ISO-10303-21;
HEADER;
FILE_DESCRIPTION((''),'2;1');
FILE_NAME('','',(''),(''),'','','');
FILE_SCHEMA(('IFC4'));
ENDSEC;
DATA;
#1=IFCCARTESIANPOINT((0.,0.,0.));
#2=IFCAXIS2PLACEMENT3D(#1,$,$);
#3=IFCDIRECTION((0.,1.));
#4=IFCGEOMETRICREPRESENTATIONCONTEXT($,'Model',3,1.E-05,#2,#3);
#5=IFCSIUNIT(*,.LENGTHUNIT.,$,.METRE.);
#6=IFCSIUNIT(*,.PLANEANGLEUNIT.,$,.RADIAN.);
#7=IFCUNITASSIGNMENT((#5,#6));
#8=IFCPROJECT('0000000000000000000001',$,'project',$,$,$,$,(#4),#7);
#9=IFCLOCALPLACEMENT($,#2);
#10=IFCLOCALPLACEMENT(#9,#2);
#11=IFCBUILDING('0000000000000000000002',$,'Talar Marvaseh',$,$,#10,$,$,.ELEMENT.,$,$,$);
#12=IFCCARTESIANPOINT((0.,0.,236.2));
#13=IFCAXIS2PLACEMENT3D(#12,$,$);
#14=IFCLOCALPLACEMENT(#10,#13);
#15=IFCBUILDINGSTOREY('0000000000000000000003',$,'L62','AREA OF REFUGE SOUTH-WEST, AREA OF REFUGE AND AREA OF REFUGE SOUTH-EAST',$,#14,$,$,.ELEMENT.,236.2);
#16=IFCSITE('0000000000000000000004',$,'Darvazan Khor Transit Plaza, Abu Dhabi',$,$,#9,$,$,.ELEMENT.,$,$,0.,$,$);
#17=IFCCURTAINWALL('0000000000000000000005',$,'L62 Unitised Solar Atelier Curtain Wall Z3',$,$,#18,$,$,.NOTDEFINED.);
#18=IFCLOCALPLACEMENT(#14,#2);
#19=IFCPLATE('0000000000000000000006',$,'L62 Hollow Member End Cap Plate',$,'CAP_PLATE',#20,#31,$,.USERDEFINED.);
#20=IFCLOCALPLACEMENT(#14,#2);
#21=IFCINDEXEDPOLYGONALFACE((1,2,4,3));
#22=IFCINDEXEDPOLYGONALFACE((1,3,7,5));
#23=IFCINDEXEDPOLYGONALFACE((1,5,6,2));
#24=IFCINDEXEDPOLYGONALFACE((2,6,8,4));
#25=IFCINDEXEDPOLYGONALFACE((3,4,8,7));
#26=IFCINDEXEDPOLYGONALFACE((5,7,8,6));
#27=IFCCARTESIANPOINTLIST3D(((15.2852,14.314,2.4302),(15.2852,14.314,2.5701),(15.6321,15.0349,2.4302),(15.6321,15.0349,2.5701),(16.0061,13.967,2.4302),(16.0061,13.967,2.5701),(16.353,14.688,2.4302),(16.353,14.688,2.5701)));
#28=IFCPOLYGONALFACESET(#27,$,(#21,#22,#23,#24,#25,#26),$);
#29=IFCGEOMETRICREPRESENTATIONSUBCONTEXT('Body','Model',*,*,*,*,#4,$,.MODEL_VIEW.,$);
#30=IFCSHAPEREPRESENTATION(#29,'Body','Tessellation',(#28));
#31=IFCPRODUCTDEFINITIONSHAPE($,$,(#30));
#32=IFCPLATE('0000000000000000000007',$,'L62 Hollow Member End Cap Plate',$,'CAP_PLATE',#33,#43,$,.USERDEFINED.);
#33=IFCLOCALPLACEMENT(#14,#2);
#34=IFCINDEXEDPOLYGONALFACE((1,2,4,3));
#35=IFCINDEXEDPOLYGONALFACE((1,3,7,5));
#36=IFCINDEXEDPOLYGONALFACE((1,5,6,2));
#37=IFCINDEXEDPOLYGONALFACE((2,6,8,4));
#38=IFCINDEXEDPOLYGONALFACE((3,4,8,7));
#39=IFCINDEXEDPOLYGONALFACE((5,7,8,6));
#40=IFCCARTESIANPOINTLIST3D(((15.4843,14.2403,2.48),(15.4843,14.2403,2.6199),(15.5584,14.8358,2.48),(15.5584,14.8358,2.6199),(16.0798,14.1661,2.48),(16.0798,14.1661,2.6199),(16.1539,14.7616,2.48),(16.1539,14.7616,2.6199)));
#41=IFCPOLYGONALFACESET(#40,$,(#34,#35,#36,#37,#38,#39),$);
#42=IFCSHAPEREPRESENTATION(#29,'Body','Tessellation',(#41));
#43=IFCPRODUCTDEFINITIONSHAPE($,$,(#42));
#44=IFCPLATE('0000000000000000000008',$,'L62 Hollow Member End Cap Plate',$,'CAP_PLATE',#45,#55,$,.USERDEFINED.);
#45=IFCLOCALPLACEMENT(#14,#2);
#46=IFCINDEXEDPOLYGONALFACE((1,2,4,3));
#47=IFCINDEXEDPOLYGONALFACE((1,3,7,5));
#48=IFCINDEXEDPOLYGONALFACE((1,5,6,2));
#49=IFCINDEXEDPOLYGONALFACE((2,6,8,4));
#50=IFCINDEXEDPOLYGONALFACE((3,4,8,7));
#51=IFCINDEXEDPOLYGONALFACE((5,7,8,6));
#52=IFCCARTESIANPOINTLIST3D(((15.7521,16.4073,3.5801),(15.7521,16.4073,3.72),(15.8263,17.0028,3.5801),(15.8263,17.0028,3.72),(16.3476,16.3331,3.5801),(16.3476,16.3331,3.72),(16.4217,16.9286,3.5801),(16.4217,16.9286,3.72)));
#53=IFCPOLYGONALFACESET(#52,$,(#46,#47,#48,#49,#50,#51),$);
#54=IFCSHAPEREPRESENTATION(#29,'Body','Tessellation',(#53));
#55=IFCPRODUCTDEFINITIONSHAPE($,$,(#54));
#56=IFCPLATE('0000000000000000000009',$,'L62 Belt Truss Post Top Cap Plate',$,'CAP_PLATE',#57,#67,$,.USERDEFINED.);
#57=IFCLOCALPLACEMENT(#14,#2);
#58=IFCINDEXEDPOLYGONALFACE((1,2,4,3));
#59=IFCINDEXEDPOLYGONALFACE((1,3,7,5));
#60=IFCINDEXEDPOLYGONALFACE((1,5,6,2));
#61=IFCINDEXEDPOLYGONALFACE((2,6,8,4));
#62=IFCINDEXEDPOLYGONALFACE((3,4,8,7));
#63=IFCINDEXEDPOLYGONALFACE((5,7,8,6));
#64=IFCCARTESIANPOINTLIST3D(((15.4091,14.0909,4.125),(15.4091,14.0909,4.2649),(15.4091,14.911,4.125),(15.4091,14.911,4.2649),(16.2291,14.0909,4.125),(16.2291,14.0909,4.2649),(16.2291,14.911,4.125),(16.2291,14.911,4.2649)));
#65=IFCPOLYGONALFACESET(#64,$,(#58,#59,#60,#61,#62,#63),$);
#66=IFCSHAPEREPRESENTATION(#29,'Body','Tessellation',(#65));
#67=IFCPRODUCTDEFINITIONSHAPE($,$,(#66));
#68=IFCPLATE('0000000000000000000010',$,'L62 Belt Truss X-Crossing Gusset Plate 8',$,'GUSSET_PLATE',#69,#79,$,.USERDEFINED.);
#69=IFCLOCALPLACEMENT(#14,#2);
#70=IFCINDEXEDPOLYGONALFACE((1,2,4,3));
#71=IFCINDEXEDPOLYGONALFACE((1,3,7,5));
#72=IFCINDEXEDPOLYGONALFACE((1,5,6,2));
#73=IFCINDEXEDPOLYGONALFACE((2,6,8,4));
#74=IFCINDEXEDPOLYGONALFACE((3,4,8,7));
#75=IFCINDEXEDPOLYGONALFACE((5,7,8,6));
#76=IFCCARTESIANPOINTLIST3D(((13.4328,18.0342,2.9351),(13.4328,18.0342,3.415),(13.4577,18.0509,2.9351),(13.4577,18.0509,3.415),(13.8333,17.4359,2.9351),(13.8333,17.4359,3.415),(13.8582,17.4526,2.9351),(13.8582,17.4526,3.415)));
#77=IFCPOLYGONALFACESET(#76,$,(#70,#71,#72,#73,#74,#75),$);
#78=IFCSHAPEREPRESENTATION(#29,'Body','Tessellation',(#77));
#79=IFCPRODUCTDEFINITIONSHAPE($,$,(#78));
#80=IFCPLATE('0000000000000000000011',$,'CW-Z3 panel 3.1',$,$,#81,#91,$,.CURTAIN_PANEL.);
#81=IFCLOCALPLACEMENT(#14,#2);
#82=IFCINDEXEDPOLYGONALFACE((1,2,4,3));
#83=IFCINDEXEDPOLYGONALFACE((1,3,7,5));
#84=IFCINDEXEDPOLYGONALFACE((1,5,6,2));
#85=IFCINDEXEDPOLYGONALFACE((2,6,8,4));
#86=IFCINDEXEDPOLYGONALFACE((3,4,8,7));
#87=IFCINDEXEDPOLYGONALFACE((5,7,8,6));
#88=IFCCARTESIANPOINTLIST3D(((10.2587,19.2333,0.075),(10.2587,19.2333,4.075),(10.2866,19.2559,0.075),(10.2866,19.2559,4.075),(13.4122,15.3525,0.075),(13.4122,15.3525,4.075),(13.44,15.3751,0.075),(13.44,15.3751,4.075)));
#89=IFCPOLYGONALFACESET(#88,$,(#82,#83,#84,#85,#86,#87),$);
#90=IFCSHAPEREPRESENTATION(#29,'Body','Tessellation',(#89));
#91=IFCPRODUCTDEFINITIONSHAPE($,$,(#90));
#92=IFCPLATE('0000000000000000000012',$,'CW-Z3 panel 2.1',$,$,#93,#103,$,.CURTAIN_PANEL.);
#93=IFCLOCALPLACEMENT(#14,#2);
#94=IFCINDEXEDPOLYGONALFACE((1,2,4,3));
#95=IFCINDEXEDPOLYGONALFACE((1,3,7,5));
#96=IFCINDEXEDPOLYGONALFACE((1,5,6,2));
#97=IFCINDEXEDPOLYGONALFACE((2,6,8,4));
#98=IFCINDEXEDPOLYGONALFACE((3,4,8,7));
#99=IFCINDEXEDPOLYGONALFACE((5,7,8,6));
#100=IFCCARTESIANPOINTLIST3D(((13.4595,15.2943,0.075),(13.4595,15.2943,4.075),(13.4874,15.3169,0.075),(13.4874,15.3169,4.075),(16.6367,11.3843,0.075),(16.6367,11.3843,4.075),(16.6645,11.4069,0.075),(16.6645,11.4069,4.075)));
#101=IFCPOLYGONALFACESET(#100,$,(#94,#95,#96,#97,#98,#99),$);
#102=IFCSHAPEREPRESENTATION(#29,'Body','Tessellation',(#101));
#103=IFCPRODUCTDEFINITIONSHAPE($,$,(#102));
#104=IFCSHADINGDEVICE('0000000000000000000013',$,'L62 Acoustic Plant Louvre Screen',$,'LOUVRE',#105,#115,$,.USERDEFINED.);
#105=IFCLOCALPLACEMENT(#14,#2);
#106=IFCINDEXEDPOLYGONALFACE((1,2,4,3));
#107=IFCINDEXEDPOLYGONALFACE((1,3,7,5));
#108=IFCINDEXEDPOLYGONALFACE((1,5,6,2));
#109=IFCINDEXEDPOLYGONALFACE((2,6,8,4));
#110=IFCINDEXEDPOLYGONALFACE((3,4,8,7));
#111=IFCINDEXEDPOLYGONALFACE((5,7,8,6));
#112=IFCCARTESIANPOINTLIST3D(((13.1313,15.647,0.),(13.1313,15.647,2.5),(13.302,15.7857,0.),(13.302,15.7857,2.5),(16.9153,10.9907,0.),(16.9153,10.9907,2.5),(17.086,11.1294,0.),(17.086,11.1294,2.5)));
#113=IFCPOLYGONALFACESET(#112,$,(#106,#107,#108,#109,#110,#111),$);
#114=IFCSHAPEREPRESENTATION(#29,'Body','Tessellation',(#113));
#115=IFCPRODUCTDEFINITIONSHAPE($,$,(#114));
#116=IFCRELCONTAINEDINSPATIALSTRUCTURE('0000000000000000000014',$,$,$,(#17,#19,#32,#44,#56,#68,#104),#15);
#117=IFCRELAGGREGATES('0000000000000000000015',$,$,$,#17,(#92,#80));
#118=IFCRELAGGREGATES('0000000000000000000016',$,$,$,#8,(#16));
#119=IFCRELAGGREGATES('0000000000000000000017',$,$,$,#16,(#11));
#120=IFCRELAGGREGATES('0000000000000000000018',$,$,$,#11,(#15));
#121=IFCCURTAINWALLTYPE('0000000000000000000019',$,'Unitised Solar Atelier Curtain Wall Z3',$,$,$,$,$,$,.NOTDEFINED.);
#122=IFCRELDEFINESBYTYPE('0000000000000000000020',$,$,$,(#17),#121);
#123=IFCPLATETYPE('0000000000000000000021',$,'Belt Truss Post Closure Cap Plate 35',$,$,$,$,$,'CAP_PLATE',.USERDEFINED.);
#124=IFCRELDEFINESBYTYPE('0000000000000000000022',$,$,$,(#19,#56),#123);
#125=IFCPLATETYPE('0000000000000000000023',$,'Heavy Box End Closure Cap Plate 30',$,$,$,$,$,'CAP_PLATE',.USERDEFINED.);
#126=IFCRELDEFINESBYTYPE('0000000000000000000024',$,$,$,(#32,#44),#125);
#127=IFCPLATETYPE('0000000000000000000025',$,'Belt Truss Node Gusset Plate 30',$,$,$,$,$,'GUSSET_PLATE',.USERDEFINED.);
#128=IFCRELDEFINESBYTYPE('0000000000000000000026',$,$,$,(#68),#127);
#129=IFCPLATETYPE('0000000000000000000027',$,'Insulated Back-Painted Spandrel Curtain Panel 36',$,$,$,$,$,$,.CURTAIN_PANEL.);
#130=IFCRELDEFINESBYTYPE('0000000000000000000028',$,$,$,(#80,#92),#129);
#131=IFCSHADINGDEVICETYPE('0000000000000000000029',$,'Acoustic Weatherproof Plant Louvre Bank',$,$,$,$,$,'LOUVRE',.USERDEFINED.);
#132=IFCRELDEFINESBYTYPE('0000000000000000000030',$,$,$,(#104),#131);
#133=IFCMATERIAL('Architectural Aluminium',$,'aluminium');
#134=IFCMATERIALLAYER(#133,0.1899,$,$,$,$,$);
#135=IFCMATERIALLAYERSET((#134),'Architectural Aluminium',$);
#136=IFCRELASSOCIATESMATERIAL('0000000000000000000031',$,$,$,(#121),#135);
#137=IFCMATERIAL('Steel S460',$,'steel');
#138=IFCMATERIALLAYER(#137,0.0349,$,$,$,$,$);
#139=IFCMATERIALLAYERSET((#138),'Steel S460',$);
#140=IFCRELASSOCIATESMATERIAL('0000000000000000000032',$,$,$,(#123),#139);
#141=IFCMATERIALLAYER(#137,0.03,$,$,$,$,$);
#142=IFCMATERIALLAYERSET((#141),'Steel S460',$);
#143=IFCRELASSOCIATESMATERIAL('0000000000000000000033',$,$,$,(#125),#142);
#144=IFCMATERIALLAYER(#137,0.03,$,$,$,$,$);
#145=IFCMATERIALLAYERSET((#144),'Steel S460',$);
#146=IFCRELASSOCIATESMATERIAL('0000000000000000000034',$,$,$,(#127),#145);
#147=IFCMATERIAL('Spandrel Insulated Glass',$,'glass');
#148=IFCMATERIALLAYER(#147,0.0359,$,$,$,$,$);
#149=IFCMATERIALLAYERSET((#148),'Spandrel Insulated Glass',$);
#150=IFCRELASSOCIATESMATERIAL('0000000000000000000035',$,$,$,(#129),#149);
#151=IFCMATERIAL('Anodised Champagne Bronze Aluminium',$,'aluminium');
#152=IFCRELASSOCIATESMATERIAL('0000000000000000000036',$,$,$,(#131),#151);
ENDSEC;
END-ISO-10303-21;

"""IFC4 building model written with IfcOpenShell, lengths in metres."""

from ifc_helpers import new_model, si_unit, direction, frame, origin, origin_2d, place, context, subcontext, project, spatial, rectangle, extrude, source, transform, mapped, material, layer, layer_set, type_object, type_shapes, element, aggregate, save


model = new_model("IFC4")

# Units and contexts
model_context = context("Model", 3, precision=1e-05, world=origin(), true_north=direction((0.0, 1.0)))
body_context = subcontext(model_context, "Body", "Model", "MODEL_VIEW")
ifc_project = project(units=[si_unit("LENGTHUNIT", "METRE"), si_unit("PLANEANGLEUNIT", "RADIAN")], contexts=[model_context])

# Site, building, storey
site_placement = place(None, origin())
site = spatial("IfcSite", under=ifc_project, at=site_placement, Name="Darvazan Khor Transit Plaza, Abu Dhabi", CompositionType="ELEMENT", RefElevation=0.0)
building_placement = place(site_placement, origin())
building = spatial("IfcBuilding", under=site, at=building_placement, Name="Talar Marvaseh", CompositionType="ELEMENT")
storey_placement = place(building_placement, frame((0.0, 0.0, 236.2)))
storey = spatial("IfcBuildingStorey", under=building, at=storey_placement, Name="L62", Description="AREA OF REFUGE SOUTH-WEST, AREA OF REFUGE AND AREA OF REFUGE SOUTH-EAST", CompositionType="ELEMENT", Elevation=236.2)

# Shared definitions
ifc_material_1 = material(Name="Steel S460", Category="steel")

# Curtain wall
ifc_material_2 = material(Name="Architectural Aluminium", Category="aluminium")
ifc_layer_1 = layer(ifc_material_2, 0.1899)
ifc_layer_set_1 = layer_set([ifc_layer_1], Name="Architectural Aluminium")
curtain_wall_type = type_object("IfcCurtainWallType", Name="Unitised Solar Atelier Curtain Wall Z3", PredefinedType="NOTDEFINED", material=ifc_layer_set_1)
curtain_wall_placement = place(storey_placement, origin())
curtain_wall = element("IfcCurtainWall", 1, at=curtain_wall_placement, inside=storey, type_object=curtain_wall_type, Name="L62 Unitised Solar Atelier Curtain Wall Z3", PredefinedType="NOTDEFINED")

# Plates
ifc_layer_2 = layer(ifc_material_1, 0.0349)
ifc_layer_set_2 = layer_set([ifc_layer_2], Name="Steel S460")
plate_type_1 = type_object("IfcPlateType", Name="Belt Truss Post Closure Cap Plate 35", ElementType="CAP_PLATE", PredefinedType="USERDEFINED", material=ifc_layer_set_2)
shared_shape_1 = source(origin(), body_context, "Body", "SweptSolid", [
    extrude(rectangle(XDim=0.8, YDim=0.8, at=origin_2d()), origin(), (0.0, 0.0, 1.0), 0.1399),
])
plate_1_placement = place(storey_placement, frame((15.8191, 14.501, 2.4302), z_axis=(0.0, 0.0, 1.0), x_axis=(-0.901077, 0.433659, 0.0)))
element("IfcPlate", 2, at=plate_1_placement, inside=storey, type_object=plate_type_1, Name="L62 Hollow Member End Cap Plate", ObjectType="CAP_PLATE", PredefinedType="USERDEFINED", context=body_context, shape_type="MappedRepresentation", body=[
    mapped(shared_shape_1, transform((0.0, 0.0, 0.0), x_axis=(1.0, 0.0, 0.0), y_axis=(0.0, 1.0, 0.0), z_axis=(0.0, 0.0, 1.0), scale=1.0)),
])
ifc_layer_3 = layer(ifc_material_1, 0.03)
ifc_layer_set_3 = layer_set([ifc_layer_3], Name="Steel S460")
plate_type_2 = type_object("IfcPlateType", Name="Heavy Box End Closure Cap Plate 30", ElementType="CAP_PLATE", PredefinedType="USERDEFINED", material=ifc_layer_set_3)
shared_shape_2 = source(origin(), body_context, "Body", "SweptSolid", [
    extrude(rectangle(XDim=0.6001, YDim=0.6001, at=origin_2d()), origin(), (0.0, 0.0, 1.0), 0.1399),
])
type_shapes(plate_type_2, [shared_shape_2])
for number, where, z_axis, x_axis, name in (
    (3, (15.8191, 14.501, 2.48), (0.0, 0.0, 1.0), (0.123601, 0.992332, 0.0), "L62 Hollow Member End Cap Plate"),
    (4, (16.0869, 16.668, 3.5801), (0.0, 0.0, 1.0), (0.123601, 0.992332, 0.0), "L62 Hollow Member End Cap Plate"),
):
    element("IfcPlate", number, at=place(storey_placement, frame(where, z_axis=z_axis, x_axis=x_axis)), inside=storey, type_object=plate_type_2, Name=name, ObjectType="CAP_PLATE", PredefinedType="USERDEFINED", context=body_context, shape_type="MappedRepresentation", body=[
        mapped(shared_shape_2, transform((0.0, 0.0, 0.0), x_axis=(1.0, 0.0, 0.0), y_axis=(0.0, 1.0, 0.0), z_axis=(0.0, 0.0, 1.0), scale=1.0)),
    ])
shared_shape_3 = source(origin(), body_context, "Body", "SweptSolid", [
    extrude(rectangle(XDim=0.8201, YDim=0.8201, at=origin_2d()), origin(), (0.0, 0.0, 1.0), 0.1399),
])
type_shapes(plate_type_1, [shared_shape_1, shared_shape_3])
plate_2_placement = place(storey_placement, frame((15.8191, 14.501, 4.125), z_axis=(0.0, 0.0, 1.0), x_axis=(1.0, 0.0, 0.0)))
element("IfcPlate", 5, at=plate_2_placement, inside=storey, type_object=plate_type_1, Name="L62 Belt Truss Post Top Cap Plate", ObjectType="CAP_PLATE", PredefinedType="USERDEFINED", context=body_context, shape_type="MappedRepresentation", body=[
    mapped(shared_shape_3, transform((0.0, 0.0, 0.0), x_axis=(1.0, 0.0, 0.0), y_axis=(0.0, 1.0, 0.0), z_axis=(0.0, 0.0, 1.0), scale=1.0)),
])
ifc_layer_4 = layer(ifc_material_1, 0.03)
ifc_layer_set_4 = layer_set([ifc_layer_4], Name="Steel S460")
plate_type_3 = type_object("IfcPlateType", Name="Belt Truss Node Gusset Plate 30", ElementType="GUSSET_PLATE", PredefinedType="USERDEFINED", material=ifc_layer_set_4)
shared_shape_4 = source(origin(), body_context, "Body", "SweptSolid", [
    extrude(rectangle(XDim=0.72, YDim=0.03, at=origin_2d()), origin(), (0.0, 0.0, 1.0), 0.48),
])
type_shapes(plate_type_3, [shared_shape_4])
plate_3_placement = place(storey_placement, frame((13.6455, 17.7434, 2.9351), z_axis=(0.0, 0.0, 1.0), x_axis=(-0.556296, 0.830984, 0.0)))
element("IfcPlate", 6, at=plate_3_placement, inside=storey, type_object=plate_type_3, Name="L62 Belt Truss X-Crossing Gusset Plate 8", ObjectType="GUSSET_PLATE", PredefinedType="USERDEFINED", context=body_context, shape_type="MappedRepresentation", body=[
    mapped(shared_shape_4, transform((0.0, 0.0, 0.0), x_axis=(1.0, 0.0, 0.0), y_axis=(0.0, 1.0, 0.0), z_axis=(0.0, 0.0, 1.0), scale=1.0)),
])

# Plates
ifc_material_3 = material(Name="Spandrel Insulated Glass", Category="glass")
ifc_layer_5 = layer(ifc_material_3, 0.0359)
ifc_layer_set_5 = layer_set([ifc_layer_5], Name="Spandrel Insulated Glass")
plate_type_4 = type_object("IfcPlateType", Name="Insulated Back-Painted Spandrel Curtain Panel 36", PredefinedType="CURTAIN_PANEL", material=ifc_layer_set_5)
shared_shape_5 = source(origin(), body_context, "Body", "SweptSolid", [
    extrude(rectangle(XDim=5.0005, YDim=0.0359, at=origin_2d()), origin(), (0.0, 0.0, 1.0), 4.0),
])
plate_4_placement = place(storey_placement, frame((11.8494, 17.3042, 0.075), z_axis=(0.0, 0.0, 1.0), x_axis=(-0.630627, 0.776086, 0.0)))
plate_4 = element("IfcPlate", 7, at=plate_4_placement, type_object=plate_type_4, Name="CW-Z3 panel 3.1", PredefinedType="CURTAIN_PANEL", context=body_context, shape_type="MappedRepresentation", body=[
    mapped(shared_shape_5, transform((0.0, 0.0, 0.0), x_axis=(1.0, 0.0, 0.0), y_axis=(0.0, 1.0, 0.0), z_axis=(0.0, 0.0, 1.0), scale=1.0)),
])
shared_shape_6 = source(origin(), body_context, "Body", "SweptSolid", [
    extrude(rectangle(XDim=5.0381, YDim=0.0359, at=origin_2d()), origin(), (0.0, 0.0, 1.0), 4.0),
])
type_shapes(plate_type_4, [shared_shape_5, shared_shape_6])
plate_5_placement = place(storey_placement, frame((15.062, 13.3506, 0.075), z_axis=(0.0, 0.0, 1.0), x_axis=(-0.630627, 0.776086, 0.0)))
plate_5 = element("IfcPlate", 8, at=plate_5_placement, type_object=plate_type_4, Name="CW-Z3 panel 2.1", PredefinedType="CURTAIN_PANEL", context=body_context, shape_type="MappedRepresentation", body=[
    mapped(shared_shape_6, transform((0.0, 0.0, 0.0), x_axis=(1.0, 0.0, 0.0), y_axis=(0.0, 1.0, 0.0), z_axis=(0.0, 0.0, 1.0), scale=1.0)),
])
aggregate(curtain_wall, [plate_5, plate_4])

# Shading device
ifc_material_4 = material(Name="Anodised Champagne Bronze Aluminium", Category="aluminium")
shading_device_type = type_object("IfcShadingDeviceType", Name="Acoustic Weatherproof Plant Louvre Bank", ElementType="LOUVRE", PredefinedType="USERDEFINED", material=ifc_material_4)
shared_shape_7 = source(origin(), body_context, "Body", "SweptSolid", [
    extrude(rectangle(XDim=6.0, YDim=0.22, at=origin_2d()), origin(), (0.0, 0.0, 1.0), 2.5),
])
type_shapes(shading_device_type, [shared_shape_7])
shading_device_placement = place(storey_placement, frame((15.1086, 13.3882, 0.0), z_axis=(0.0, 0.0, 1.0), x_axis=(-0.630676, 0.776046, 0.0)))
element("IfcShadingDevice", 9, at=shading_device_placement, inside=storey, type_object=shading_device_type, Name="L62 Acoustic Plant Louvre Screen", ObjectType="LOUVRE", PredefinedType="USERDEFINED", context=body_context, shape_type="MappedRepresentation", body=[
    mapped(shared_shape_7, transform((0.0, 0.0, 0.0), x_axis=(1.0, 0.0, 0.0), y_axis=(0.0, 1.0, 0.0), z_axis=(0.0, 0.0, 1.0), scale=1.0)),
])

save(model, "model.ifc")
